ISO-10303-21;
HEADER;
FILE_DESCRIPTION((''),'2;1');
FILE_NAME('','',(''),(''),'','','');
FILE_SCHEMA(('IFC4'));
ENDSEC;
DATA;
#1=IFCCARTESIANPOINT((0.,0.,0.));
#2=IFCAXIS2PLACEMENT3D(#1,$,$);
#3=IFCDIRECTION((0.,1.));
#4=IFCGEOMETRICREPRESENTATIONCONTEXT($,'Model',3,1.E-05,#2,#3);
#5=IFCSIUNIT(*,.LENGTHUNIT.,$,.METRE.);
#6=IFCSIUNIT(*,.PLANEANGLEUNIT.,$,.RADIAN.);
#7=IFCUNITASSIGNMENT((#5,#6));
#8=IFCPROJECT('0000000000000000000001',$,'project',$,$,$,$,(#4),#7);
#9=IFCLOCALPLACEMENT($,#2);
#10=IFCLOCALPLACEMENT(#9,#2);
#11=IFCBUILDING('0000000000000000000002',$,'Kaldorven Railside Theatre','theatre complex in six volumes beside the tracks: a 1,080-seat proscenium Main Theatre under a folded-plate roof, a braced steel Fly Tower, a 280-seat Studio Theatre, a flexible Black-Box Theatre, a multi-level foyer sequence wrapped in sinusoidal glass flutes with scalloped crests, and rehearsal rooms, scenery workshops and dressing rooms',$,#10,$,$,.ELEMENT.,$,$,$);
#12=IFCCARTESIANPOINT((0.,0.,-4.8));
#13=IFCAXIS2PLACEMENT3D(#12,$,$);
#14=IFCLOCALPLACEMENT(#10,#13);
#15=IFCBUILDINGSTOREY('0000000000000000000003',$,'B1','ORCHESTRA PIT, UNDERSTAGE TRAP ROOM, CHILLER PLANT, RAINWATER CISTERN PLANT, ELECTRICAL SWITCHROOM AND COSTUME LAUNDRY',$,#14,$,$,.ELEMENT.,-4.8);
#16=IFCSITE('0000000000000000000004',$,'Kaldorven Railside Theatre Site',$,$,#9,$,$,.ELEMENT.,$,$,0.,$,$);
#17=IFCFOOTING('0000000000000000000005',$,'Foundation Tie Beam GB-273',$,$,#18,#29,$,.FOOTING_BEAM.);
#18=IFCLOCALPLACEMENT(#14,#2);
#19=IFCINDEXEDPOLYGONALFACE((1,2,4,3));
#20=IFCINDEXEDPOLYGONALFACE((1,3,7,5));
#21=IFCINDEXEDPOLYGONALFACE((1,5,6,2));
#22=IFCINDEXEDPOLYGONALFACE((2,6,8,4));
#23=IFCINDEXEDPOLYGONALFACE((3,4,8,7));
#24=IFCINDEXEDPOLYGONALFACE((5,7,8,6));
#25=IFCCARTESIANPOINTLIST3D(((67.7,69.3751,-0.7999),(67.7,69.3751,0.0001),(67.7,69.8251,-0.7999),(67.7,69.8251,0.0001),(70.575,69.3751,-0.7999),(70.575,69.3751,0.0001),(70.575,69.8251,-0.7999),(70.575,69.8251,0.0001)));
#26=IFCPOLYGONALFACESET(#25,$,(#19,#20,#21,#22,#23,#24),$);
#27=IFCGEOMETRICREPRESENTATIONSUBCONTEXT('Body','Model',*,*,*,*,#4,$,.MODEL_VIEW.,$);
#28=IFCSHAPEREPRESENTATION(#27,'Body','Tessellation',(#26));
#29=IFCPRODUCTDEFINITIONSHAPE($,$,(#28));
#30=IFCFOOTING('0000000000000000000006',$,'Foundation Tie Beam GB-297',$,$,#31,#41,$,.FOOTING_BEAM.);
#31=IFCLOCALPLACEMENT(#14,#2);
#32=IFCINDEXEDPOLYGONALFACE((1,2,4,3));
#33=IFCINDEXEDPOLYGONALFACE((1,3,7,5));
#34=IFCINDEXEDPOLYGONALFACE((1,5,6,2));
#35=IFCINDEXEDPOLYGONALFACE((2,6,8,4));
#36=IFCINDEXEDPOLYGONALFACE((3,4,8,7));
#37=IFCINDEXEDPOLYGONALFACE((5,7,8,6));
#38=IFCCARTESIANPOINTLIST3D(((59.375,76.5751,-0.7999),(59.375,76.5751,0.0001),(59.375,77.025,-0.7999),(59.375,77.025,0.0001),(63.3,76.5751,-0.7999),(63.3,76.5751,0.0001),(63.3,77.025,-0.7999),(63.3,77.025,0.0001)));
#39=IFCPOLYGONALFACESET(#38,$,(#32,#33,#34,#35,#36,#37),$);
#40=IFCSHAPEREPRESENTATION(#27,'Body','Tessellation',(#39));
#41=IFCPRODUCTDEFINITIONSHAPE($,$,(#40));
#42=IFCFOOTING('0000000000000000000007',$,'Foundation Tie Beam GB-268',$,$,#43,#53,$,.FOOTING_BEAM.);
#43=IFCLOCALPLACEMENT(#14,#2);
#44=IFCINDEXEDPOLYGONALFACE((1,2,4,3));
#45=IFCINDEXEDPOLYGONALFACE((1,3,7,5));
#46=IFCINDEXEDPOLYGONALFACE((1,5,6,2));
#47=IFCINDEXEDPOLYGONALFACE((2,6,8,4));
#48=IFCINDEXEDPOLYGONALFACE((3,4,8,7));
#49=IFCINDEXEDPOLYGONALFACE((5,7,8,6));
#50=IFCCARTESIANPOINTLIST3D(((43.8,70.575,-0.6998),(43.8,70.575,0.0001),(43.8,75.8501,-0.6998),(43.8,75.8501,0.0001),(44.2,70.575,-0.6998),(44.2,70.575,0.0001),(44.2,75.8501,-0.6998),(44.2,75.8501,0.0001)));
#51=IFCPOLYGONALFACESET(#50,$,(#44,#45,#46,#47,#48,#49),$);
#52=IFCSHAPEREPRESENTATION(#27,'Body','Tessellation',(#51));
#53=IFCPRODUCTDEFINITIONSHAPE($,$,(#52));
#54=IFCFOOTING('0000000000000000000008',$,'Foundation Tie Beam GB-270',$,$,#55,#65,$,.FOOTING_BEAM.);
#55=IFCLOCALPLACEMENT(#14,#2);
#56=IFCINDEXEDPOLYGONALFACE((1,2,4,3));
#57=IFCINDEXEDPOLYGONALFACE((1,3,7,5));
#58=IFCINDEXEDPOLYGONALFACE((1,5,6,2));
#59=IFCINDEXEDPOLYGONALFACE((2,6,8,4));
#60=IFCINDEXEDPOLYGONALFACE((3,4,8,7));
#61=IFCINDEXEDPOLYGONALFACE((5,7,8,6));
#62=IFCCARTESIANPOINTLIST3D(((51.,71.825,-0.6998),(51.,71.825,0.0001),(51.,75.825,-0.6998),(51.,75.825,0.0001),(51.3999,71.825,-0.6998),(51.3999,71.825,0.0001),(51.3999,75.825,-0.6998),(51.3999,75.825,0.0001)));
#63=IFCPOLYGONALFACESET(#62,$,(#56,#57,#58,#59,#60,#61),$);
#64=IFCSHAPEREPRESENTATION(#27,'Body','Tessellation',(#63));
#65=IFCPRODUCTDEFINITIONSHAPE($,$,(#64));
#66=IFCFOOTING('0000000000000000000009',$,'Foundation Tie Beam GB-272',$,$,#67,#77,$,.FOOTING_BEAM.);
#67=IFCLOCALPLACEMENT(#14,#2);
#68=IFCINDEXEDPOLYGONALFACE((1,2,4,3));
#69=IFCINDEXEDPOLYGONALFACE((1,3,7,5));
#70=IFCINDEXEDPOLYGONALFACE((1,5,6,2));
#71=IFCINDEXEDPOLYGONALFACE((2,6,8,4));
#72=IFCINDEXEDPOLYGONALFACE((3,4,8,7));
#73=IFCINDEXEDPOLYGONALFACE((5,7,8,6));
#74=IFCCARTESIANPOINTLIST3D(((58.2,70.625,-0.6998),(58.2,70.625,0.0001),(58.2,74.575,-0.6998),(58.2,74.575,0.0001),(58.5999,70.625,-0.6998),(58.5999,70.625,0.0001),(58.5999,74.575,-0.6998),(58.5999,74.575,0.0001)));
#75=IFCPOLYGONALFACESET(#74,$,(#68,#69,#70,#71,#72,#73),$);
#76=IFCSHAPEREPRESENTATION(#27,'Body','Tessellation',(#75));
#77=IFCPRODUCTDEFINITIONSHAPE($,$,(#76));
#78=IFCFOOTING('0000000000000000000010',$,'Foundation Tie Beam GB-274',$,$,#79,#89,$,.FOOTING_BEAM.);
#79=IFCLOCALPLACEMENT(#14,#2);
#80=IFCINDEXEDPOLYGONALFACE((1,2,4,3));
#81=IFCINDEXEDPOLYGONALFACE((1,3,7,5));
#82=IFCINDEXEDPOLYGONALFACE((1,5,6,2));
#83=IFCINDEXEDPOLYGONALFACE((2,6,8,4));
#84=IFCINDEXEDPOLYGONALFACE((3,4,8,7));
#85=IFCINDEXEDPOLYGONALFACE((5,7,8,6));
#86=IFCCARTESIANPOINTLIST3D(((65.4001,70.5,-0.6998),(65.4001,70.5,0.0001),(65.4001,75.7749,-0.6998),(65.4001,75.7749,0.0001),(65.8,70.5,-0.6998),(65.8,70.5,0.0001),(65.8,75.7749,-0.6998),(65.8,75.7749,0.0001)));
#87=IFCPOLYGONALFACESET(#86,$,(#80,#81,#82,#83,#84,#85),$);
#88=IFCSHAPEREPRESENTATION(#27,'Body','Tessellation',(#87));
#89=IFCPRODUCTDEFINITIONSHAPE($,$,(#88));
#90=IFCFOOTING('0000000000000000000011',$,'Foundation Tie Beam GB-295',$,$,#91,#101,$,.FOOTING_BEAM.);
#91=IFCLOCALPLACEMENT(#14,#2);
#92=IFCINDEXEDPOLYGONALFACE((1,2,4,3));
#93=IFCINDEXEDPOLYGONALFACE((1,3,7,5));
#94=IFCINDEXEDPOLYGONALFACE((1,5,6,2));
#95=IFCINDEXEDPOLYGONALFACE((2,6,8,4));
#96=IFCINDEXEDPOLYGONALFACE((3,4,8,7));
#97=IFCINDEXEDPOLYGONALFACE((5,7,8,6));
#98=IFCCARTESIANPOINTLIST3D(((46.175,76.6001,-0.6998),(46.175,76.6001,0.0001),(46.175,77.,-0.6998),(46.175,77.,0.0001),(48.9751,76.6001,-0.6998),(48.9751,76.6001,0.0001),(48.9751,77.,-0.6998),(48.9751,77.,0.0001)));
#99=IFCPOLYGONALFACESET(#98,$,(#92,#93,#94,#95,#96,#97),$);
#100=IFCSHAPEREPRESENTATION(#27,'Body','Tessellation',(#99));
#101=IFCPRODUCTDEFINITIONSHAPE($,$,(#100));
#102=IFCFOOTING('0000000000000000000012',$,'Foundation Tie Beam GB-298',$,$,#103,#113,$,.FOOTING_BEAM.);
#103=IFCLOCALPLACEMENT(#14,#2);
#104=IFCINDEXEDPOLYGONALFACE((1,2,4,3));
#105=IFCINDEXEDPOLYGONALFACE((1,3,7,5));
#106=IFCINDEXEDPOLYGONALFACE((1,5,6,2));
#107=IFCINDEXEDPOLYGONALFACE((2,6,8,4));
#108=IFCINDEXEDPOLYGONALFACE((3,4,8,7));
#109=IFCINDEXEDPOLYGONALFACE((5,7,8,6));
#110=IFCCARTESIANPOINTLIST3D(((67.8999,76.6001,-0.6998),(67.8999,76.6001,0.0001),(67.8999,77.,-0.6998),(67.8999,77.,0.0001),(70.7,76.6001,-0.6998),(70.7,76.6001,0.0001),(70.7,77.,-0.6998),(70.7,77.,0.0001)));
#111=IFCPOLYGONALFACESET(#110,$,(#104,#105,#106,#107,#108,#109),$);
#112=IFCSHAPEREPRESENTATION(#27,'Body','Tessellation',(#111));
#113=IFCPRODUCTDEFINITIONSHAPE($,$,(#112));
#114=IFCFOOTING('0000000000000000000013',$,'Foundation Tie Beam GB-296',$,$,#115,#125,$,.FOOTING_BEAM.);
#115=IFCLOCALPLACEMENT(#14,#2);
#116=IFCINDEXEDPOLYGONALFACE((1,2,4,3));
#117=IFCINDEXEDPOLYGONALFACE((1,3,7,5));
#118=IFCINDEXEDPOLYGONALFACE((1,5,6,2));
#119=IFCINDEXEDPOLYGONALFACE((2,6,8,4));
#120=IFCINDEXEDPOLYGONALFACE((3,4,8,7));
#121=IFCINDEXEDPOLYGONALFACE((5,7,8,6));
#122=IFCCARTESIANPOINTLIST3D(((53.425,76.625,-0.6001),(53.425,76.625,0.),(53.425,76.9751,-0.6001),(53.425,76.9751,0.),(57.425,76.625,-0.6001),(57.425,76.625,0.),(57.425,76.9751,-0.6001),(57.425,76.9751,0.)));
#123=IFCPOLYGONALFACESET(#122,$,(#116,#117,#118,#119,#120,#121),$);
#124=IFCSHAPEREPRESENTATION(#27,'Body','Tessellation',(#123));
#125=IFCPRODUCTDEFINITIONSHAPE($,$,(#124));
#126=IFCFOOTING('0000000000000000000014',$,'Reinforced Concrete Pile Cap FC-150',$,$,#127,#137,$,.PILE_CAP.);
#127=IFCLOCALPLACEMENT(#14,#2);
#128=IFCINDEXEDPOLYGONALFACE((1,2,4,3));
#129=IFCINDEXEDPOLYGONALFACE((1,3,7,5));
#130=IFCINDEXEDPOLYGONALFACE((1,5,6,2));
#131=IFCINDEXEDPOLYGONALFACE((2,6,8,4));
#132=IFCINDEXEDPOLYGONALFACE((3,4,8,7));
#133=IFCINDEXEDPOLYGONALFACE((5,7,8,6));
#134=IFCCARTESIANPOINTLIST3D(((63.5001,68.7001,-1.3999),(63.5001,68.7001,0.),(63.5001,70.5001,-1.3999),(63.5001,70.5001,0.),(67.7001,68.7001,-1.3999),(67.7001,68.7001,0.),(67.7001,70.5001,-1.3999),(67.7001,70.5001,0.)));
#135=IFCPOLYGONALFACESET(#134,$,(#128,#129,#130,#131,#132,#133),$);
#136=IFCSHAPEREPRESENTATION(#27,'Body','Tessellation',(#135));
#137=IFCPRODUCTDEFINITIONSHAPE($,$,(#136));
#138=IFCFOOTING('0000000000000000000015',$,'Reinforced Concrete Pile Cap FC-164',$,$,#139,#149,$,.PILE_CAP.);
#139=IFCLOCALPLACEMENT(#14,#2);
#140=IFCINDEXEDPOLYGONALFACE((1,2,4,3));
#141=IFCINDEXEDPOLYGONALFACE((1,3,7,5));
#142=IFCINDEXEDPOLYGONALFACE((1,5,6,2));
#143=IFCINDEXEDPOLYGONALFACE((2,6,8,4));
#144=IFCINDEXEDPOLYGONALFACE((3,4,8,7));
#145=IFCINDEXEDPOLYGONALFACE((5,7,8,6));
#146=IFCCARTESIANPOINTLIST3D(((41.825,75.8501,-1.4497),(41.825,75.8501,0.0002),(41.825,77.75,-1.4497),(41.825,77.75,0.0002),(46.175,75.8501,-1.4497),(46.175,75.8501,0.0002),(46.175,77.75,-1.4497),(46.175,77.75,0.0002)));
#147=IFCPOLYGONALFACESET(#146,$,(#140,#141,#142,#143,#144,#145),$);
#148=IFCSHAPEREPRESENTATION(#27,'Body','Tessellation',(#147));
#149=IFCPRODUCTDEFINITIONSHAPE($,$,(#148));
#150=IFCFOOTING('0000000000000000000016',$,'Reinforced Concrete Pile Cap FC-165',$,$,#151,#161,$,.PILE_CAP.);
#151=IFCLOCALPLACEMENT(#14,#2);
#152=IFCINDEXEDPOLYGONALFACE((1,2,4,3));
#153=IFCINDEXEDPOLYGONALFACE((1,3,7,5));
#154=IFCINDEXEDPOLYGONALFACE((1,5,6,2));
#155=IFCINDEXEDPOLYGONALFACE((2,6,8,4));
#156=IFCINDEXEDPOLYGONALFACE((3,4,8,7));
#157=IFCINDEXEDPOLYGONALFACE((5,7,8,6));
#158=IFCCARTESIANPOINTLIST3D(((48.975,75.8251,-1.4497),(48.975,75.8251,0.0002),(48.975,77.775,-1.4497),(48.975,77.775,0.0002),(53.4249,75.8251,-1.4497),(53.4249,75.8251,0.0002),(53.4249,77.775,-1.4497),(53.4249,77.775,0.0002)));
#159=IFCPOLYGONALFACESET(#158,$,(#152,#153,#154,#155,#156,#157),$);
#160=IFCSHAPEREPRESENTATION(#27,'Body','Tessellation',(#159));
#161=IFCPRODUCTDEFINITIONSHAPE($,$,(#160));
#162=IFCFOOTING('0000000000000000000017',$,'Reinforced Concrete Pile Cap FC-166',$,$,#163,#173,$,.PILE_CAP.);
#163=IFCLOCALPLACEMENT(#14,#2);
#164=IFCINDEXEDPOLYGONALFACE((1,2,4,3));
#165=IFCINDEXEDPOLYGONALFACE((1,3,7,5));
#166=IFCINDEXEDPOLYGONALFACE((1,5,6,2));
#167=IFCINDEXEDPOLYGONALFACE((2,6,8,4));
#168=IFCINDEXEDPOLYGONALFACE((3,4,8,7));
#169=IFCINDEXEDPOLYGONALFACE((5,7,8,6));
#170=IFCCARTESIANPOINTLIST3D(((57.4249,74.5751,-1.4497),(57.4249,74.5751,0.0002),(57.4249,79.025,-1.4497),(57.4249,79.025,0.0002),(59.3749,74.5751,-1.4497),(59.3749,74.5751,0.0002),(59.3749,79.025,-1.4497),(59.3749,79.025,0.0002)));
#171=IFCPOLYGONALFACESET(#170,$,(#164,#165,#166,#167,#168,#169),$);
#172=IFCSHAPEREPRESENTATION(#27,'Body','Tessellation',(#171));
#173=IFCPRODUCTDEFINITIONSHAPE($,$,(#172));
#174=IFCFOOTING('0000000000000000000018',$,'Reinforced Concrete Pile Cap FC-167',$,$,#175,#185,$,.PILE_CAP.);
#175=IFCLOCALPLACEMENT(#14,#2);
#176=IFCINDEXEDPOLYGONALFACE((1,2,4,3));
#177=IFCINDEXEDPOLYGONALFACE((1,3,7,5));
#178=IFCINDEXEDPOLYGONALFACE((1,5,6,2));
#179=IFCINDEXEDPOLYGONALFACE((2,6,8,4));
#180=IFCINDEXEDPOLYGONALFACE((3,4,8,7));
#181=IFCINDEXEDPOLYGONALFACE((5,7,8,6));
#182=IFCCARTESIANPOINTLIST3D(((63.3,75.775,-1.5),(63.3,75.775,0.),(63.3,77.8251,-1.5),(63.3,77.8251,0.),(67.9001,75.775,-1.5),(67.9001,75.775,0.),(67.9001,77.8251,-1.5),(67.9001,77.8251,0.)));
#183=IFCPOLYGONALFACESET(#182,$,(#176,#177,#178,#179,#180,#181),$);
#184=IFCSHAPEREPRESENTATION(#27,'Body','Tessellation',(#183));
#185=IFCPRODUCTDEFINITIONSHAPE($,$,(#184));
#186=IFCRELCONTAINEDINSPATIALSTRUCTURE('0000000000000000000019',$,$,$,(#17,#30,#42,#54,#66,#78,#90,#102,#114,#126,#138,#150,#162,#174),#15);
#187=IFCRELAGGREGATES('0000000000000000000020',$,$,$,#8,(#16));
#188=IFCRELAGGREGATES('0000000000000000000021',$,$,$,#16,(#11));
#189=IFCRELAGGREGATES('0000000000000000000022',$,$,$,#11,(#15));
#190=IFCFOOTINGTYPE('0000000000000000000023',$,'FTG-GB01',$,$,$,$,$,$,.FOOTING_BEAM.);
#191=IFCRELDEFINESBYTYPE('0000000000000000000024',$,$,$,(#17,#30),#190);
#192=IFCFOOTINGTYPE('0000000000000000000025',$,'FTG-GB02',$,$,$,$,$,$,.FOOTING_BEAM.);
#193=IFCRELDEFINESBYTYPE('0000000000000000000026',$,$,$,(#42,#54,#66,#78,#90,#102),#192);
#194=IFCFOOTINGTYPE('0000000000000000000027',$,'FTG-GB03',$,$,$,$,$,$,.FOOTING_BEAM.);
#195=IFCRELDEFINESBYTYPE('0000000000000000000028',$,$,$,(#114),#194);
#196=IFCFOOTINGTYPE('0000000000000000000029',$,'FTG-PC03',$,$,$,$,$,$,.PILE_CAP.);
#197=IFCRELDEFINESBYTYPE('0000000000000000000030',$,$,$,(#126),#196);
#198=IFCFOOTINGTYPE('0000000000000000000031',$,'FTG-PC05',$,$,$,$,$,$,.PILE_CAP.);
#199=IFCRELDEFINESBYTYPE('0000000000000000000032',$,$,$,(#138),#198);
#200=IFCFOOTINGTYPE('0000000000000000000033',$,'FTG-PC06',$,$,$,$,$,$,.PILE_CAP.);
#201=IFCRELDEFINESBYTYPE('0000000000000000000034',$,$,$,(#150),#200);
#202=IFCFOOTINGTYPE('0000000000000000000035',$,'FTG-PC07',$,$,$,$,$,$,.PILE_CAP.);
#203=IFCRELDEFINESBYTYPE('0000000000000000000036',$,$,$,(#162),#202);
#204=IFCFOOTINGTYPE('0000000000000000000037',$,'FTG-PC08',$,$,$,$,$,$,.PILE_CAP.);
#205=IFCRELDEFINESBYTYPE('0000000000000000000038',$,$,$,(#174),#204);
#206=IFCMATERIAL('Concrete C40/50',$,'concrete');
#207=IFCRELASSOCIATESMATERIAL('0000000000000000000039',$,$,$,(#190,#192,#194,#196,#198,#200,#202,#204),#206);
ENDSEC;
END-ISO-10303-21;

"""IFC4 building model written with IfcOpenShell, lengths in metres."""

from ifc_helpers import new_model, si_unit, direction, frame, origin, origin_2d, place, context, subcontext, project, spatial, rectangle, extrude, material, material_profile, profile_set, type_object, element, save


model = new_model("IFC4")

# Units and contexts
model_context = context("Model", 3, precision=1e-05, world=origin(), true_north=direction((0.0, 1.0)))
body_context = subcontext(model_context, "Body", "Model", "MODEL_VIEW")
ifc_project = project(units=[si_unit("LENGTHUNIT", "METRE"), si_unit("PLANEANGLEUNIT", "RADIAN")], contexts=[model_context])

# Site, building, storey
site_placement = place(None, origin())
site = spatial("IfcSite", under=ifc_project, at=site_placement, Name="Kaldorven Railside Theatre Site", CompositionType="ELEMENT", RefElevation=0.0)
building_placement = place(site_placement, origin())
building = spatial("IfcBuilding", under=site, at=building_placement, Name="Kaldorven Railside Theatre", Description="theatre complex in six volumes beside the tracks: a 1,080-seat proscenium Main Theatre under a folded-plate roof, a braced steel Fly Tower, a 280-seat Studio Theatre, a flexible Black-Box Theatre, a multi-level foyer sequence wrapped in sinusoidal glass flutes with scalloped crests, and rehearsal rooms, scenery workshops and dressing rooms", CompositionType="ELEMENT")
storey_placement = place(building_placement, frame((0.0, 0.0, -4.8)))
storey = spatial("IfcBuildingStorey", under=building, at=storey_placement, Name="B1", Description="ORCHESTRA PIT, UNDERSTAGE TRAP ROOM, CHILLER PLANT, RAINWATER CISTERN PLANT, ELECTRICAL SWITCHROOM AND COSTUME LAUNDRY", CompositionType="ELEMENT", Elevation=-4.8)

# Footings
ifc_material_1 = material(Name="Concrete C40/50", Category="concrete")
ifc_material_profile_1 = material_profile(ifc_material_1, rectangle(XDim=0.45, YDim=0.8, at=origin_2d()), Name="RC 450x800")
ifc_profile_set_1 = profile_set([ifc_material_profile_1], Name="Concrete C40/50")
footing_type_1 = type_object("IfcFootingType", Name="FTG-GB01", PredefinedType="FOOTING_BEAM", material=ifc_profile_set_1)
footing_1_placement = place(storey_placement, frame((67.7, 69.6001, -0.3999), z_axis=(1.0, 0.0, 0.0), x_axis=(0.0, 1.0, 0.0)))
element("IfcFooting", 1, at=footing_1_placement, inside=storey, type_object=footing_type_1, Name="Foundation Tie Beam GB-273", PredefinedType="FOOTING_BEAM", context=body_context, shape_type="SweptSolid", body=[
    extrude(rectangle(XDim=0.45, YDim=0.8, at=origin_2d()), origin(), (0.0, 0.0, 1.0), 2.875),
])
footing_2_placement = place(storey_placement, frame((59.375, 76.8, -0.3999), z_axis=(1.0, 0.0, 0.0), x_axis=(0.0, 1.0, 0.0)))
element("IfcFooting", 2, at=footing_2_placement, inside=storey, type_object=footing_type_1, Name="Foundation Tie Beam GB-297", PredefinedType="FOOTING_BEAM", context=body_context, shape_type="SweptSolid", body=[
    extrude(rectangle(XDim=0.45, YDim=0.8, at=origin_2d()), origin(), (0.0, 0.0, 1.0), 3.925),
])
ifc_material_profile_2 = material_profile(ifc_material_1, rectangle(XDim=0.3999, YDim=0.7, at=origin_2d()), Name="RC 400x700")
ifc_profile_set_2 = profile_set([ifc_material_profile_2], Name="Concrete C40/50")
footing_type_2 = type_object("IfcFootingType", Name="FTG-GB02", PredefinedType="FOOTING_BEAM", material=ifc_profile_set_2)
footing_3_placement = place(storey_placement, frame((44.0, 70.575, -0.3499), z_axis=(0.0, 1.0, 0.0), x_axis=(-1.0, 0.0, 0.0)))
element("IfcFooting", 3, at=footing_3_placement, inside=storey, type_object=footing_type_2, Name="Foundation Tie Beam GB-268", PredefinedType="FOOTING_BEAM", context=body_context, shape_type="SweptSolid", body=[
    extrude(rectangle(XDim=0.3999, YDim=0.7, at=origin_2d()), origin(), (0.0, 0.0, 1.0), 5.2751),
])
footing_4_placement = place(storey_placement, frame((51.2, 71.825, -0.3499), z_axis=(0.0, 1.0, 0.0), x_axis=(-1.0, 0.0, 0.0)))
element("IfcFooting", 4, at=footing_4_placement, inside=storey, type_object=footing_type_2, Name="Foundation Tie Beam GB-270", PredefinedType="FOOTING_BEAM", context=body_context, shape_type="SweptSolid", body=[
    extrude(rectangle(XDim=0.3999, YDim=0.7, at=origin_2d()), origin(), (0.0, 0.0, 1.0), 4.0),
])
footing_5_placement = place(storey_placement, frame((58.3999, 70.625, -0.3499), z_axis=(0.0, 1.0, 0.0), x_axis=(-1.0, 0.0, 0.0)))
element("IfcFooting", 5, at=footing_5_placement, inside=storey, type_object=footing_type_2, Name="Foundation Tie Beam GB-272", PredefinedType="FOOTING_BEAM", context=body_context, shape_type="SweptSolid", body=[
    extrude(rectangle(XDim=0.3999, YDim=0.7, at=origin_2d()), origin(), (0.0, 0.0, 1.0), 3.95),
])
footing_6_placement = place(storey_placement, frame((65.6001, 70.5, -0.3499), z_axis=(0.0, 1.0, 0.0), x_axis=(-1.0, 0.0, 0.0)))
element("IfcFooting", 6, at=footing_6_placement, inside=storey, type_object=footing_type_2, Name="Foundation Tie Beam GB-274", PredefinedType="FOOTING_BEAM", context=body_context, shape_type="SweptSolid", body=[
    extrude(rectangle(XDim=0.3999, YDim=0.7, at=origin_2d()), origin(), (0.0, 0.0, 1.0), 5.2749),
])
for number, where, z_axis, x_axis, name in (
    (7, (46.175, 76.8, -0.3499), (1.0, 0.0, 0.0), (0.0, 1.0, 0.0), "Foundation Tie Beam GB-295"),
    (8, (67.8999, 76.8, -0.3499), (1.0, 0.0, 0.0), (0.0, 1.0, 0.0), "Foundation Tie Beam GB-298"),
):
    element("IfcFooting", number, at=place(storey_placement, frame(where, z_axis=z_axis, x_axis=x_axis)), inside=storey, type_object=footing_type_2, Name=name, PredefinedType="FOOTING_BEAM", context=body_context, shape_type="SweptSolid", body=[
        extrude(rectangle(XDim=0.3999, YDim=0.7, at=origin_2d()), origin(), (0.0, 0.0, 1.0), 2.8),
    ])
ifc_material_profile_3 = material_profile(ifc_material_1, rectangle(XDim=0.3501, YDim=0.6001, at=origin_2d()), Name="RC 350x600")
ifc_profile_set_3 = profile_set([ifc_material_profile_3], Name="Concrete C40/50")
footing_type_3 = type_object("IfcFootingType", Name="FTG-GB03", PredefinedType="FOOTING_BEAM", material=ifc_profile_set_3)
footing_7_placement = place(storey_placement, frame((53.425, 76.8, -0.3), z_axis=(1.0, 0.0, 0.0), x_axis=(0.0, 1.0, 0.0)))
element("IfcFooting", 9, at=footing_7_placement, inside=storey, type_object=footing_type_3, Name="Foundation Tie Beam GB-296", PredefinedType="FOOTING_BEAM", context=body_context, shape_type="SweptSolid", body=[
    extrude(rectangle(XDim=0.3501, YDim=0.6001, at=origin_2d()), origin(), (0.0, 0.0, 1.0), 4.0),
])
footing_type_4 = type_object("IfcFootingType", Name="FTG-PC03", PredefinedType="PILE_CAP", material=ifc_material_1)
footing_8_placement = place(storey_placement, frame((65.6001, 69.6001, -1.3999), z_axis=(0.0, 0.0, 1.0), x_axis=(1.0, 0.0, 0.0)))
element("IfcFooting", 10, at=footing_8_placement, inside=storey, type_object=footing_type_4, Name="Reinforced Concrete Pile Cap FC-150", PredefinedType="PILE_CAP", context=body_context, shape_type="SweptSolid", body=[
    extrude(rectangle(XDim=4.2, YDim=1.8, at=origin_2d()), origin(), (0.0, 0.0, 1.0), 1.3999),
])
footing_type_5 = type_object("IfcFootingType", Name="FTG-PC05", PredefinedType="PILE_CAP", material=ifc_material_1)
footing_9_placement = place(storey_placement, frame((44.0, 76.8, -1.4497), z_axis=(0.0, 0.0, 1.0), x_axis=(1.0, 0.0, 0.0)))
element("IfcFooting", 11, at=footing_9_placement, inside=storey, type_object=footing_type_5, Name="Reinforced Concrete Pile Cap FC-164", PredefinedType="PILE_CAP", context=body_context, shape_type="SweptSolid", body=[
    extrude(rectangle(XDim=4.3501, YDim=1.8999, at=origin_2d()), origin(), (0.0, 0.0, 1.0), 1.45),
])
footing_type_6 = type_object("IfcFootingType", Name="FTG-PC06", PredefinedType="PILE_CAP", material=ifc_material_1)
footing_10_placement = place(storey_placement, frame((51.2, 76.8, -1.4497), z_axis=(0.0, 0.0, 1.0), x_axis=(1.0, 0.0, 0.0)))
element("IfcFooting", 12, at=footing_10_placement, inside=storey, type_object=footing_type_6, Name="Reinforced Concrete Pile Cap FC-165", PredefinedType="PILE_CAP", context=body_context, shape_type="SweptSolid", body=[
    extrude(rectangle(XDim=4.45, YDim=1.95, at=origin_2d()), origin(), (0.0, 0.0, 1.0), 1.45),
])
footing_type_7 = type_object("IfcFootingType", Name="FTG-PC07", PredefinedType="PILE_CAP", material=ifc_material_1)
footing_11_placement = place(storey_placement, frame((58.3999, 76.8, -1.4497), z_axis=(0.0, 0.0, 1.0), x_axis=(1.0, 0.0, 0.0)))
element("IfcFooting", 13, at=footing_11_placement, inside=storey, type_object=footing_type_7, Name="Reinforced Concrete Pile Cap FC-166", PredefinedType="PILE_CAP", context=body_context, shape_type="SweptSolid", body=[
    extrude(rectangle(XDim=1.95, YDim=4.45, at=origin_2d()), origin(), (0.0, 0.0, 1.0), 1.45),
])
footing_type_8 = type_object("IfcFootingType", Name="FTG-PC08", PredefinedType="PILE_CAP", material=ifc_material_1)
footing_12_placement = place(storey_placement, frame((65.6001, 76.8, -1.5), z_axis=(0.0, 0.0, 1.0), x_axis=(1.0, 0.0, 0.0)))
element("IfcFooting", 14, at=footing_12_placement, inside=storey, type_object=footing_type_8, Name="Reinforced Concrete Pile Cap FC-167", PredefinedType="PILE_CAP", context=body_context, shape_type="SweptSolid", body=[
    extrude(rectangle(XDim=4.6001, YDim=2.05, at=origin_2d()), origin(), (0.0, 0.0, 1.0), 1.5),
])

save(model, "model.ifc")
